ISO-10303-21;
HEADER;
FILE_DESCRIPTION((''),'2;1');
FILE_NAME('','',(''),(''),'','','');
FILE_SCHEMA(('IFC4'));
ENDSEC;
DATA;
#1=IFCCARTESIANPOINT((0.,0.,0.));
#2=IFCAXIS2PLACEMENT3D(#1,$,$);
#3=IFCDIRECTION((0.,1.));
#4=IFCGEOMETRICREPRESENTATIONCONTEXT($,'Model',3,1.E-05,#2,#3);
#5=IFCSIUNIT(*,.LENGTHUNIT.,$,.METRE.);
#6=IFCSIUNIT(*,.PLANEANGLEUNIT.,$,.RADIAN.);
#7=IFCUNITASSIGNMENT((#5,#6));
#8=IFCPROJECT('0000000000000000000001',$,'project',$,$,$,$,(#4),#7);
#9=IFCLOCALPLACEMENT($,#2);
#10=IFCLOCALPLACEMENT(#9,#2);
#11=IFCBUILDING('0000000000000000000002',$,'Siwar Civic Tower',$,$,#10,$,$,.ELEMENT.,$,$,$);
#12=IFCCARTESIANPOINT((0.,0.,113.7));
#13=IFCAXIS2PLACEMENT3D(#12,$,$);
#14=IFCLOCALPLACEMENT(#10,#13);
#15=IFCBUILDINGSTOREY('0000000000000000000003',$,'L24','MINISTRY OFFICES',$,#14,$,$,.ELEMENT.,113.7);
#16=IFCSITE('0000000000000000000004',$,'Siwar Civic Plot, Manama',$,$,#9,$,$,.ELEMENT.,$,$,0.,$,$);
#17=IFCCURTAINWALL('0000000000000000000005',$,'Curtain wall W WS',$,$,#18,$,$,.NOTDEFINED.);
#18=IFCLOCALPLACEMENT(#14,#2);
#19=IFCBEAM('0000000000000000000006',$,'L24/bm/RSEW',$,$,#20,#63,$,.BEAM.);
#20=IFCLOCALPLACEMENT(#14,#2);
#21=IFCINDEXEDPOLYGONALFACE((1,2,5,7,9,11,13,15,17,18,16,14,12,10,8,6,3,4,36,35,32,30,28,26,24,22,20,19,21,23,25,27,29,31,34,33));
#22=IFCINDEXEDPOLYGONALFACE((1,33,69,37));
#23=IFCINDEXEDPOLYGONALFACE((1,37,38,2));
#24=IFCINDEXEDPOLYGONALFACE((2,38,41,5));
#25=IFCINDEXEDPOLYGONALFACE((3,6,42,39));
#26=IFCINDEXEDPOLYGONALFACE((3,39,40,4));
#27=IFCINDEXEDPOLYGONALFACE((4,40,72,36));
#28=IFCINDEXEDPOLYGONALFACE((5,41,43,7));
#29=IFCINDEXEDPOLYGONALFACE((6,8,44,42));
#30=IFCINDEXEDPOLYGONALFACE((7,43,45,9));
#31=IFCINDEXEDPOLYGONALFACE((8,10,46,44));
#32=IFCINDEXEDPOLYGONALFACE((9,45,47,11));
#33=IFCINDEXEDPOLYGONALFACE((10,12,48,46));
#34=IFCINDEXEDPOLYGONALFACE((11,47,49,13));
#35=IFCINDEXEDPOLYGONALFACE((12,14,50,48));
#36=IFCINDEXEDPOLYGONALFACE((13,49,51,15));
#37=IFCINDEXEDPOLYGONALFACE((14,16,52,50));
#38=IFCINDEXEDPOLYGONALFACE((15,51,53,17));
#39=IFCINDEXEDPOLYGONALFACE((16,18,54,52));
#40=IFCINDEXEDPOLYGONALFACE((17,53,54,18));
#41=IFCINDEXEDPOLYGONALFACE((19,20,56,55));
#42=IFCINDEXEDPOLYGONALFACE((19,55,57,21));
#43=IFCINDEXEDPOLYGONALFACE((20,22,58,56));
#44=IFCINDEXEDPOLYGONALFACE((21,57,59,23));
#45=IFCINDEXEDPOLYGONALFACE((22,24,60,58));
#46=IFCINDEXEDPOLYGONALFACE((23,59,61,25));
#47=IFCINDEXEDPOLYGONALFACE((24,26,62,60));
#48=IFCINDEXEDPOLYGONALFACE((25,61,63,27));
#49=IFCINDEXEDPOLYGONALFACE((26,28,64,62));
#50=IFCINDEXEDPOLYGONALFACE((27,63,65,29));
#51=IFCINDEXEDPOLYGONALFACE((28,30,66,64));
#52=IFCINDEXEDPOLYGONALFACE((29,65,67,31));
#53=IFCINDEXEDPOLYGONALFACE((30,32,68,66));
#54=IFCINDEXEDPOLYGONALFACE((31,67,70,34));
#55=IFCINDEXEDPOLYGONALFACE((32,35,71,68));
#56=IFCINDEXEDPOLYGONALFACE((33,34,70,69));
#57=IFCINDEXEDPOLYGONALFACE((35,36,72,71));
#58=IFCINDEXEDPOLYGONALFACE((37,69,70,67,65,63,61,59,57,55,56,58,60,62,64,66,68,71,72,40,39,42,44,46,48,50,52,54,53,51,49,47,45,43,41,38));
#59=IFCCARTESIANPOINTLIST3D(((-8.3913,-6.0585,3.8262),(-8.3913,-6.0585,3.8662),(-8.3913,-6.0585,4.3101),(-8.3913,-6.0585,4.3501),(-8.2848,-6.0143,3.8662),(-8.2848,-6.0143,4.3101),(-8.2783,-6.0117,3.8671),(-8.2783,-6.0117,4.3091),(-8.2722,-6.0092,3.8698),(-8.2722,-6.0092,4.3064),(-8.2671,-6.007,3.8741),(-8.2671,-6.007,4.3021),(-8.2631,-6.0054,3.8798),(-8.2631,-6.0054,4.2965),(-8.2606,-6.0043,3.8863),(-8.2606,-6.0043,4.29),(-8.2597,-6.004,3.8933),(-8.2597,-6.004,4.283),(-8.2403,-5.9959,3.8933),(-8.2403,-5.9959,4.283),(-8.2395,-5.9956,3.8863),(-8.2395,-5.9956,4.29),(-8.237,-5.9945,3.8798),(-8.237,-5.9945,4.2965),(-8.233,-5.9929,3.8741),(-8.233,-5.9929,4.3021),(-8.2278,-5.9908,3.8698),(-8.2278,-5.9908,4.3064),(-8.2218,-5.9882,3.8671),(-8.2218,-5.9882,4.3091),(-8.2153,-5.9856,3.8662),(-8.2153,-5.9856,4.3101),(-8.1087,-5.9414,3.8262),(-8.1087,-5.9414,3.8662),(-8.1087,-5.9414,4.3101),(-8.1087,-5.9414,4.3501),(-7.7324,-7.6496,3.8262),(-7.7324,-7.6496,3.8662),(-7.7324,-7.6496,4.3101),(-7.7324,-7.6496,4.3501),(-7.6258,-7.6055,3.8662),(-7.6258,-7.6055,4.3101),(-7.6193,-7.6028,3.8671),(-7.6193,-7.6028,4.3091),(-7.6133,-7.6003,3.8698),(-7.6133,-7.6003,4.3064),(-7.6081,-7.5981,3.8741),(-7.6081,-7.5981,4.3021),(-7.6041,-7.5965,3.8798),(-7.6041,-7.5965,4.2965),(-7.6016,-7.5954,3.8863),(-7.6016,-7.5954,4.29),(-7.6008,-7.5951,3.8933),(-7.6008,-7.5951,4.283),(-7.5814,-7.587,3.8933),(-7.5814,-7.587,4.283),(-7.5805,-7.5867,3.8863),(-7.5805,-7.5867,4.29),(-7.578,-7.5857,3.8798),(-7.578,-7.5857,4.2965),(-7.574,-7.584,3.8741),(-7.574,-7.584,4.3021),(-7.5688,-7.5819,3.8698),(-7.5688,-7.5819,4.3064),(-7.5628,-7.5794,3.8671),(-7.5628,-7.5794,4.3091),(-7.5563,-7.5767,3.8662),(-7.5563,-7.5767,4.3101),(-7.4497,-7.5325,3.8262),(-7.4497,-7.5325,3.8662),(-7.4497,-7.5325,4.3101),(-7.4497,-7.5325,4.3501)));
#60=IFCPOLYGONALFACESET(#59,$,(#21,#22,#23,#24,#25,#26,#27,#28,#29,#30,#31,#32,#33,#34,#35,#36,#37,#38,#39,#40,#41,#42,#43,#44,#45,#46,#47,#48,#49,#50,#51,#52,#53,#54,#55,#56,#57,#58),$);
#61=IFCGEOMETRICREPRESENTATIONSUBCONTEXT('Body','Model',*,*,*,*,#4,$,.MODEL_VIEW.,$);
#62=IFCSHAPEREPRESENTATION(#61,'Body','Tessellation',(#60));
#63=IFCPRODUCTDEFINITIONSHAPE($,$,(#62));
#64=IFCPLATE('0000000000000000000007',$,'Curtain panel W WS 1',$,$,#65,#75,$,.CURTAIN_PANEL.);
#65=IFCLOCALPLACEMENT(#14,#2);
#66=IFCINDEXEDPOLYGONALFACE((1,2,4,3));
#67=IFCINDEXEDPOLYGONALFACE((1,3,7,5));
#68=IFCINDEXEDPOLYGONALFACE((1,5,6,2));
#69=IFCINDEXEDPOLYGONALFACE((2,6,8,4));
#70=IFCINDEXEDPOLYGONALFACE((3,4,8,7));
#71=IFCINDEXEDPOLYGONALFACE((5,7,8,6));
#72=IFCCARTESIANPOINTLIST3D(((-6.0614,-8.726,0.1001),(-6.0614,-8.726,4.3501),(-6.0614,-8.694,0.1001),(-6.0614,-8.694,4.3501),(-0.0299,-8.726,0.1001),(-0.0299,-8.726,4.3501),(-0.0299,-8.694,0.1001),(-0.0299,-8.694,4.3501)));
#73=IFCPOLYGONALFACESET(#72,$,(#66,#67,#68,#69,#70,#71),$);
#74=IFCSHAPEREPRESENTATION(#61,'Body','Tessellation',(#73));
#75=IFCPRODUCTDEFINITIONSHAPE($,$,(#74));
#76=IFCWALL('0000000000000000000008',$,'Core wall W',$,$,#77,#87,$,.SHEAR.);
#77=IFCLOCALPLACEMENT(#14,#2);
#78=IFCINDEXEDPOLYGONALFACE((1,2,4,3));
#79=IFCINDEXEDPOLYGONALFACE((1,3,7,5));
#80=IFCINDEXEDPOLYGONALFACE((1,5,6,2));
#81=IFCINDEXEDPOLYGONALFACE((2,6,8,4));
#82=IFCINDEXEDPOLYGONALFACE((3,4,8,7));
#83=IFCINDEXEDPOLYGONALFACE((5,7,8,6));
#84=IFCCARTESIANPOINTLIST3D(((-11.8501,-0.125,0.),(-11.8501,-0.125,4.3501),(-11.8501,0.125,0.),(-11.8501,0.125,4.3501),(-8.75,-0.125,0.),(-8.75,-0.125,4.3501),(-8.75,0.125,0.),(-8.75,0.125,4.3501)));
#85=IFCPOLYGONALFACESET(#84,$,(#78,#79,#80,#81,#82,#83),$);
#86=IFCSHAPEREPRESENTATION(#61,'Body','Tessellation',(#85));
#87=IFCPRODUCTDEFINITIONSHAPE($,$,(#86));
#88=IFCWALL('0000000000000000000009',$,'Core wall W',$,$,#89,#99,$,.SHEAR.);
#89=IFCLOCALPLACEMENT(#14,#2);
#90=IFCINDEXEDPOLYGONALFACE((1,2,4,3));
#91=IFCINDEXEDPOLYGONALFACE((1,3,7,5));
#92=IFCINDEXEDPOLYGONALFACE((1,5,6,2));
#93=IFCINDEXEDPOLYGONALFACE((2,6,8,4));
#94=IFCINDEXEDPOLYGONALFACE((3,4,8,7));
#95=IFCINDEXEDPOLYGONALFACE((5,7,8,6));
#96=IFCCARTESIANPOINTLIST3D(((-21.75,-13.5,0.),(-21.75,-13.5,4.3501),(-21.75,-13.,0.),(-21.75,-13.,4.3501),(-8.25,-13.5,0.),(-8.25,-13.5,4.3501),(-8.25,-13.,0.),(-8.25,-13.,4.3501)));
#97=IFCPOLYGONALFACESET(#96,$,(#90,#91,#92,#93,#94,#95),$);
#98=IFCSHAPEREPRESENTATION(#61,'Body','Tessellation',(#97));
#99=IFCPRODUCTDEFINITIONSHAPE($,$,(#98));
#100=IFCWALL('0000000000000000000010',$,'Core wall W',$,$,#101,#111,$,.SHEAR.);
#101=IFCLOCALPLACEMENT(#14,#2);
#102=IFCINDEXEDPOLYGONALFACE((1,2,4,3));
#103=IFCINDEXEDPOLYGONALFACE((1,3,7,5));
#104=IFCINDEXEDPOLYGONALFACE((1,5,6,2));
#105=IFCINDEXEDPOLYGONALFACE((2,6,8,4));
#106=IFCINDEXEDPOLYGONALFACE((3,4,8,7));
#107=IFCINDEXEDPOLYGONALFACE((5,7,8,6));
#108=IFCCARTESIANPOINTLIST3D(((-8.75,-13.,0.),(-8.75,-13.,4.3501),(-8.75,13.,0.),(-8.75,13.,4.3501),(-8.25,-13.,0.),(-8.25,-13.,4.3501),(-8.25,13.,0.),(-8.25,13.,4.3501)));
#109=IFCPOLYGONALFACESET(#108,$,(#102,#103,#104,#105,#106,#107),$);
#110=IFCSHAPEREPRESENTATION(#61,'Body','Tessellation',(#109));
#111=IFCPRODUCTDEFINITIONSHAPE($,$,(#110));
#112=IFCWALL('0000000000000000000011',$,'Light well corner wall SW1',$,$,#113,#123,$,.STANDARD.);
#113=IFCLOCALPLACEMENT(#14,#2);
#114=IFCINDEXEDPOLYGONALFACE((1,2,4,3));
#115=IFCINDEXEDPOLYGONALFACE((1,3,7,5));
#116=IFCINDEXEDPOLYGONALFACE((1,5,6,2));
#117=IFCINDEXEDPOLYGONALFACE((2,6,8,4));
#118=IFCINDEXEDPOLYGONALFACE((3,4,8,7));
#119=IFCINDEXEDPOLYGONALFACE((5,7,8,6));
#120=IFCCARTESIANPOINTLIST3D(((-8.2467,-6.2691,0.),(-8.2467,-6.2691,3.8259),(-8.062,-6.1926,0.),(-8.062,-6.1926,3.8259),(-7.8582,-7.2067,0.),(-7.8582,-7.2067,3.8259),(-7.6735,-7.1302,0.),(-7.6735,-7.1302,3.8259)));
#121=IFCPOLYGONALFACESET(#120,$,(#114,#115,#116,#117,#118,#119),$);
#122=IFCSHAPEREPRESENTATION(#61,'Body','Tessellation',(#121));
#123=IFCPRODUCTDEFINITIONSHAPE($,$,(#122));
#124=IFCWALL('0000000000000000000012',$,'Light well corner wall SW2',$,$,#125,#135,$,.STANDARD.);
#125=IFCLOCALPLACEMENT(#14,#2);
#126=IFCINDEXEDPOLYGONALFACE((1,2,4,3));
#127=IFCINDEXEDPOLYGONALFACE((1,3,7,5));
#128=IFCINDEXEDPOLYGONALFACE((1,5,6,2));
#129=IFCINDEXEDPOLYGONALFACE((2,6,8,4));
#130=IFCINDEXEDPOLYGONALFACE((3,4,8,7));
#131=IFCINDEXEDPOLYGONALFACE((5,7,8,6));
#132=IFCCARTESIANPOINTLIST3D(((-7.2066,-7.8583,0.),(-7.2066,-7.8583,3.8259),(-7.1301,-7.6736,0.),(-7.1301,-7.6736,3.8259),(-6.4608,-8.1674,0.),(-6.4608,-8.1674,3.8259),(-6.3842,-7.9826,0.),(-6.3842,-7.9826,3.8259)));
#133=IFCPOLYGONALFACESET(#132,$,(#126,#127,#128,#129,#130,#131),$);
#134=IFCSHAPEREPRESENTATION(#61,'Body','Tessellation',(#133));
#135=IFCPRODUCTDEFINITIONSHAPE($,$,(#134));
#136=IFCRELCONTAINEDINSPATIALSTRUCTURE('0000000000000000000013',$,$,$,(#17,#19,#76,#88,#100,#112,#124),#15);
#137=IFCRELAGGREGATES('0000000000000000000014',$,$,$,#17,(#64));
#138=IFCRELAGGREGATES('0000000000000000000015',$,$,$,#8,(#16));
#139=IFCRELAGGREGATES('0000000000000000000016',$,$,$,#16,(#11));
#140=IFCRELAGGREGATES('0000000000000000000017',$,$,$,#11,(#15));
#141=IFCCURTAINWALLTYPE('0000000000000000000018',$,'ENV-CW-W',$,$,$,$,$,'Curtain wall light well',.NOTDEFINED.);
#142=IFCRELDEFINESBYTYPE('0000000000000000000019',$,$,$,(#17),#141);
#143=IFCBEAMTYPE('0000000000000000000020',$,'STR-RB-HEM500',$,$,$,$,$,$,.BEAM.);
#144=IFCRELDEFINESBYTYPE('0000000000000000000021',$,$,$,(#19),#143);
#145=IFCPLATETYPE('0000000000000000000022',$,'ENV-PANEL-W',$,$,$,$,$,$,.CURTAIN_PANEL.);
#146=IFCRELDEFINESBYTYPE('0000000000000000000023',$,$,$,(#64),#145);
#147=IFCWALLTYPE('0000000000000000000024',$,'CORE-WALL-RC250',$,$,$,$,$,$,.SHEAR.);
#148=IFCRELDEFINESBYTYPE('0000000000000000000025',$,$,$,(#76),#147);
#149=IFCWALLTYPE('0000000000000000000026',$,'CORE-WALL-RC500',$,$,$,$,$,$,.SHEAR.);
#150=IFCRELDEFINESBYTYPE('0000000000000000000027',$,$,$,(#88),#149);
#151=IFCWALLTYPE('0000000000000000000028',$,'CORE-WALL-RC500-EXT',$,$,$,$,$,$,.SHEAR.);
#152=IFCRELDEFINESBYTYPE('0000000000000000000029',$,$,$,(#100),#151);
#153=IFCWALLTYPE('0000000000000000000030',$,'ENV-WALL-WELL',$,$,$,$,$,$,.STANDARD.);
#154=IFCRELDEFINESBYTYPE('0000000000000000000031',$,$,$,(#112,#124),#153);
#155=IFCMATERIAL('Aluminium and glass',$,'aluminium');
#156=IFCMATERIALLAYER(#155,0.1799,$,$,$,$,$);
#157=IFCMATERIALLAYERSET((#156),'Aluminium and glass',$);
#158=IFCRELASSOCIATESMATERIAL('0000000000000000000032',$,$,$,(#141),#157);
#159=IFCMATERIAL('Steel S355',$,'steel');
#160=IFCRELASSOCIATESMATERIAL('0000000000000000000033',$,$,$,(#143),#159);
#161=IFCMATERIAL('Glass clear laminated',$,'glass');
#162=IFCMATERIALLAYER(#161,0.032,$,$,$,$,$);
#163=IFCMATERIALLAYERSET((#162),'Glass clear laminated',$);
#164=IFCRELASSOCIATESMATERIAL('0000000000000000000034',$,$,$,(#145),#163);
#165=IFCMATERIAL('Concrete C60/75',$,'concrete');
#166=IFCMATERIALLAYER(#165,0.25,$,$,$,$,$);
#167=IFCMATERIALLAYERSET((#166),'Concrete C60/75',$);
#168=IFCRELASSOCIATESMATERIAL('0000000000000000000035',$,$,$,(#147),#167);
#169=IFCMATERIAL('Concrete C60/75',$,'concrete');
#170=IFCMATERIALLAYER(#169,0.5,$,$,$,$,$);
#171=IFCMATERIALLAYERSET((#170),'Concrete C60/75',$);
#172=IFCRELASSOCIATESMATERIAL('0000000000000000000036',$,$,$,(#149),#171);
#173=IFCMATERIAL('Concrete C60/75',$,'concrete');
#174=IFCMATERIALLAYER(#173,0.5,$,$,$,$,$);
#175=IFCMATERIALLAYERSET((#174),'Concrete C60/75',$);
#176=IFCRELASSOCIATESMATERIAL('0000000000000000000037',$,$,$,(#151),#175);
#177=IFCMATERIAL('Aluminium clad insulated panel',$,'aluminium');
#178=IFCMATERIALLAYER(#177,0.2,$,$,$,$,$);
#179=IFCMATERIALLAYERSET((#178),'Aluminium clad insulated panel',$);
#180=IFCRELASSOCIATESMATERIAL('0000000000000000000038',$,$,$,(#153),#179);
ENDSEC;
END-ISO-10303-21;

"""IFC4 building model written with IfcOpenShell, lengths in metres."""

from ifc_helpers import new_model, si_unit, direction, frame, frame_2d, origin, origin_2d, place, context, subcontext, project, spatial, rectangle, i_section, extrude, material, layer, layer_set, material_profile, profile_set, type_object, element, aggregate, save


model = new_model("IFC4")

# Units and contexts
model_context = context("Model", 3, precision=1e-05, world=origin(), true_north=direction((0.0, 1.0)))
body_context = subcontext(model_context, "Body", "Model", "MODEL_VIEW")
ifc_project = project(units=[si_unit("LENGTHUNIT", "METRE"), si_unit("PLANEANGLEUNIT", "RADIAN")], contexts=[model_context])

# Site, building, storey
site_placement = place(None, origin())
site = spatial("IfcSite", under=ifc_project, at=site_placement, Name="Siwar Civic Plot, Manama", CompositionType="ELEMENT", RefElevation=0.0)
building_placement = place(site_placement, origin())
building = spatial("IfcBuilding", under=site, at=building_placement, Name="Siwar Civic Tower", CompositionType="ELEMENT")
storey_placement = place(building_placement, frame((0.0, 0.0, 113.7)))
storey = spatial("IfcBuildingStorey", under=building, at=storey_placement, Name="L24", Description="MINISTRY OFFICES", CompositionType="ELEMENT", Elevation=113.7)

# Curtain wall
ifc_material_1 = material(Name="Aluminium and glass", Category="aluminium")
ifc_layer_1 = layer(ifc_material_1, 0.1799)
ifc_layer_set_1 = layer_set([ifc_layer_1], Name="Aluminium and glass")
curtain_wall_type = type_object("IfcCurtainWallType", Name="ENV-CW-W", ElementType="Curtain wall light well", PredefinedType="NOTDEFINED", material=ifc_layer_set_1)
curtain_wall_placement = place(storey_placement, origin())
curtain_wall = element("IfcCurtainWall", 1, at=curtain_wall_placement, inside=storey, type_object=curtain_wall_type, Name="Curtain wall W WS", PredefinedType="NOTDEFINED")

# Beam
ifc_material_2 = material(Name="Steel S355", Category="steel")
ifc_material_profile_1 = material_profile(ifc_material_2, i_section(OverallWidth=0.3059, OverallDepth=0.5239, WebThickness=0.021, FlangeThickness=0.04, FilletRadius=0.0271, at=origin_2d()), Name="HEM500")
ifc_profile_set_1 = profile_set([ifc_material_profile_1], Name="Steel S355")
beam_type = type_object("IfcBeamType", Name="STR-RB-HEM500", PredefinedType="BEAM", material=ifc_profile_set_1)
beam_1_placement = place(storey_placement, frame((-7.5911, -7.5911, 4.0881), z_axis=(-0.382631, 0.923901, 0.0), x_axis=(-0.923901, -0.382631, 0.0)))
element("IfcBeam", 2, at=beam_1_placement, inside=storey, type_object=beam_type, Name="L24/bm/RSEW", PredefinedType="BEAM", context=body_context, shape_type="SweptSolid", body=[
    extrude(i_section(OverallWidth=0.3059, OverallDepth=0.5239, WebThickness=0.021, FlangeThickness=0.04, FilletRadius=0.0271, at=origin_2d()), origin(), (0.0, 0.0, 1.0), 1.7222),
])

# Plate
ifc_material_3 = material(Name="Glass clear laminated", Category="glass")
ifc_layer_2 = layer(ifc_material_3, 0.032)
ifc_layer_set_2 = layer_set([ifc_layer_2], Name="Glass clear laminated")
plate_type = type_object("IfcPlateType", Name="ENV-PANEL-W", PredefinedType="CURTAIN_PANEL", material=ifc_layer_set_2)
plate_placement = place(storey_placement, frame((-3.0457, -8.71, 0.1001), z_axis=(0.0, 0.0, 1.0), x_axis=(1.0, 0.0, 0.0)))
plate = element("IfcPlate", 3, at=plate_placement, type_object=plate_type, Name="Curtain panel W WS 1", PredefinedType="CURTAIN_PANEL", context=body_context, shape_type="SweptSolid", body=[
    extrude(rectangle(XDim=6.0315, YDim=0.032, at=origin_2d()), origin(), (0.0, 0.0, 1.0), 4.25),
])
aggregate(curtain_wall, [plate])

# Walls
ifc_material_4 = material(Name="Concrete C60/75", Category="concrete")
ifc_layer_3 = layer(ifc_material_4, 0.25)
ifc_layer_set_3 = layer_set([ifc_layer_3], Name="Concrete C60/75")
wall_type_1 = type_object("IfcWallType", Name="CORE-WALL-RC250", PredefinedType="SHEAR", material=ifc_layer_set_3)
wall_1_placement = place(storey_placement, frame((-8.75, 0.0, 0.0), z_axis=(0.0, 0.0, 1.0), x_axis=(-1.0, 0.0, 0.0)))
element("IfcWall", 4, at=wall_1_placement, inside=storey, type_object=wall_type_1, Name="Core wall W", PredefinedType="SHEAR", context=body_context, shape_type="SweptSolid", body=[
    extrude(rectangle(XDim=3.1001, YDim=0.25, at=frame_2d((1.55, 0.0))), origin(), (0.0, 0.0, 1.0), 4.3501),
])
ifc_material_5 = material(Name="Concrete C60/75", Category="concrete")
ifc_layer_4 = layer(ifc_material_5, 0.5)
ifc_layer_set_4 = layer_set([ifc_layer_4], Name="Concrete C60/75")
wall_type_2 = type_object("IfcWallType", Name="CORE-WALL-RC500", PredefinedType="SHEAR", material=ifc_layer_set_4)
wall_2_placement = place(storey_placement, frame((-8.25, -13.25, 0.0), z_axis=(0.0, 0.0, 1.0), x_axis=(-1.0, 0.0, 0.0)))
element("IfcWall", 5, at=wall_2_placement, inside=storey, type_object=wall_type_2, Name="Core wall W", PredefinedType="SHEAR", context=body_context, shape_type="SweptSolid", body=[
    extrude(rectangle(XDim=13.5, YDim=0.5, at=frame_2d((6.75, 0.0))), origin(), (0.0, 0.0, 1.0), 4.3501),
])
ifc_material_6 = material(Name="Concrete C60/75", Category="concrete")
ifc_layer_5 = layer(ifc_material_6, 0.5)
ifc_layer_set_5 = layer_set([ifc_layer_5], Name="Concrete C60/75")
wall_type_3 = type_object("IfcWallType", Name="CORE-WALL-RC500-EXT", PredefinedType="SHEAR", material=ifc_layer_set_5)
wall_3_placement = place(storey_placement, frame((-8.5, -13.0, 0.0), z_axis=(0.0, 0.0, 1.0), x_axis=(0.0, 1.0, 0.0)))
element("IfcWall", 6, at=wall_3_placement, inside=storey, type_object=wall_type_3, Name="Core wall W", PredefinedType="SHEAR", context=body_context, shape_type="SweptSolid", body=[
    extrude(rectangle(XDim=26.0, YDim=0.5, at=frame_2d((13.0, 0.0))), origin(), (0.0, 0.0, 1.0), 4.3501),
])
ifc_material_7 = material(Name="Aluminium clad insulated panel", Category="aluminium")
ifc_layer_6 = layer(ifc_material_7, 0.2)
ifc_layer_set_6 = layer_set([ifc_layer_6], Name="Aluminium clad insulated panel")
wall_type_4 = type_object("IfcWallType", Name="ENV-WALL-WELL", PredefinedType="STANDARD", material=ifc_layer_set_6)
wall_4_placement = place(storey_placement, frame((-8.1543, -6.231, 0.0), z_axis=(0.0, 0.0, 1.0), x_axis=(0.38277, -0.923844, 0.0)))
element("IfcWall", 7, at=wall_4_placement, inside=storey, type_object=wall_type_4, Name="Light well corner wall SW1", PredefinedType="STANDARD", context=body_context, shape_type="SweptSolid", body=[
    extrude(rectangle(XDim=1.0149, YDim=0.2, at=frame_2d((0.5073, 0.0))), origin(), (0.0, 0.0, 1.0), 3.8259),
])
wall_5_placement = place(storey_placement, frame((-7.1685, -7.7659, 0.0), z_axis=(0.0, 0.0, 1.0), x_axis=(0.923818, -0.382833, 0.0)))
element("IfcWall", 8, at=wall_5_placement, inside=storey, type_object=wall_type_4, Name="Light well corner wall SW2", PredefinedType="STANDARD", context=body_context, shape_type="SweptSolid", body=[
    extrude(rectangle(XDim=0.8074, YDim=0.2, at=frame_2d((0.4038, 0.0))), origin(), (0.0, 0.0, 1.0), 3.8259),
])

save(model, "model.ifc")
